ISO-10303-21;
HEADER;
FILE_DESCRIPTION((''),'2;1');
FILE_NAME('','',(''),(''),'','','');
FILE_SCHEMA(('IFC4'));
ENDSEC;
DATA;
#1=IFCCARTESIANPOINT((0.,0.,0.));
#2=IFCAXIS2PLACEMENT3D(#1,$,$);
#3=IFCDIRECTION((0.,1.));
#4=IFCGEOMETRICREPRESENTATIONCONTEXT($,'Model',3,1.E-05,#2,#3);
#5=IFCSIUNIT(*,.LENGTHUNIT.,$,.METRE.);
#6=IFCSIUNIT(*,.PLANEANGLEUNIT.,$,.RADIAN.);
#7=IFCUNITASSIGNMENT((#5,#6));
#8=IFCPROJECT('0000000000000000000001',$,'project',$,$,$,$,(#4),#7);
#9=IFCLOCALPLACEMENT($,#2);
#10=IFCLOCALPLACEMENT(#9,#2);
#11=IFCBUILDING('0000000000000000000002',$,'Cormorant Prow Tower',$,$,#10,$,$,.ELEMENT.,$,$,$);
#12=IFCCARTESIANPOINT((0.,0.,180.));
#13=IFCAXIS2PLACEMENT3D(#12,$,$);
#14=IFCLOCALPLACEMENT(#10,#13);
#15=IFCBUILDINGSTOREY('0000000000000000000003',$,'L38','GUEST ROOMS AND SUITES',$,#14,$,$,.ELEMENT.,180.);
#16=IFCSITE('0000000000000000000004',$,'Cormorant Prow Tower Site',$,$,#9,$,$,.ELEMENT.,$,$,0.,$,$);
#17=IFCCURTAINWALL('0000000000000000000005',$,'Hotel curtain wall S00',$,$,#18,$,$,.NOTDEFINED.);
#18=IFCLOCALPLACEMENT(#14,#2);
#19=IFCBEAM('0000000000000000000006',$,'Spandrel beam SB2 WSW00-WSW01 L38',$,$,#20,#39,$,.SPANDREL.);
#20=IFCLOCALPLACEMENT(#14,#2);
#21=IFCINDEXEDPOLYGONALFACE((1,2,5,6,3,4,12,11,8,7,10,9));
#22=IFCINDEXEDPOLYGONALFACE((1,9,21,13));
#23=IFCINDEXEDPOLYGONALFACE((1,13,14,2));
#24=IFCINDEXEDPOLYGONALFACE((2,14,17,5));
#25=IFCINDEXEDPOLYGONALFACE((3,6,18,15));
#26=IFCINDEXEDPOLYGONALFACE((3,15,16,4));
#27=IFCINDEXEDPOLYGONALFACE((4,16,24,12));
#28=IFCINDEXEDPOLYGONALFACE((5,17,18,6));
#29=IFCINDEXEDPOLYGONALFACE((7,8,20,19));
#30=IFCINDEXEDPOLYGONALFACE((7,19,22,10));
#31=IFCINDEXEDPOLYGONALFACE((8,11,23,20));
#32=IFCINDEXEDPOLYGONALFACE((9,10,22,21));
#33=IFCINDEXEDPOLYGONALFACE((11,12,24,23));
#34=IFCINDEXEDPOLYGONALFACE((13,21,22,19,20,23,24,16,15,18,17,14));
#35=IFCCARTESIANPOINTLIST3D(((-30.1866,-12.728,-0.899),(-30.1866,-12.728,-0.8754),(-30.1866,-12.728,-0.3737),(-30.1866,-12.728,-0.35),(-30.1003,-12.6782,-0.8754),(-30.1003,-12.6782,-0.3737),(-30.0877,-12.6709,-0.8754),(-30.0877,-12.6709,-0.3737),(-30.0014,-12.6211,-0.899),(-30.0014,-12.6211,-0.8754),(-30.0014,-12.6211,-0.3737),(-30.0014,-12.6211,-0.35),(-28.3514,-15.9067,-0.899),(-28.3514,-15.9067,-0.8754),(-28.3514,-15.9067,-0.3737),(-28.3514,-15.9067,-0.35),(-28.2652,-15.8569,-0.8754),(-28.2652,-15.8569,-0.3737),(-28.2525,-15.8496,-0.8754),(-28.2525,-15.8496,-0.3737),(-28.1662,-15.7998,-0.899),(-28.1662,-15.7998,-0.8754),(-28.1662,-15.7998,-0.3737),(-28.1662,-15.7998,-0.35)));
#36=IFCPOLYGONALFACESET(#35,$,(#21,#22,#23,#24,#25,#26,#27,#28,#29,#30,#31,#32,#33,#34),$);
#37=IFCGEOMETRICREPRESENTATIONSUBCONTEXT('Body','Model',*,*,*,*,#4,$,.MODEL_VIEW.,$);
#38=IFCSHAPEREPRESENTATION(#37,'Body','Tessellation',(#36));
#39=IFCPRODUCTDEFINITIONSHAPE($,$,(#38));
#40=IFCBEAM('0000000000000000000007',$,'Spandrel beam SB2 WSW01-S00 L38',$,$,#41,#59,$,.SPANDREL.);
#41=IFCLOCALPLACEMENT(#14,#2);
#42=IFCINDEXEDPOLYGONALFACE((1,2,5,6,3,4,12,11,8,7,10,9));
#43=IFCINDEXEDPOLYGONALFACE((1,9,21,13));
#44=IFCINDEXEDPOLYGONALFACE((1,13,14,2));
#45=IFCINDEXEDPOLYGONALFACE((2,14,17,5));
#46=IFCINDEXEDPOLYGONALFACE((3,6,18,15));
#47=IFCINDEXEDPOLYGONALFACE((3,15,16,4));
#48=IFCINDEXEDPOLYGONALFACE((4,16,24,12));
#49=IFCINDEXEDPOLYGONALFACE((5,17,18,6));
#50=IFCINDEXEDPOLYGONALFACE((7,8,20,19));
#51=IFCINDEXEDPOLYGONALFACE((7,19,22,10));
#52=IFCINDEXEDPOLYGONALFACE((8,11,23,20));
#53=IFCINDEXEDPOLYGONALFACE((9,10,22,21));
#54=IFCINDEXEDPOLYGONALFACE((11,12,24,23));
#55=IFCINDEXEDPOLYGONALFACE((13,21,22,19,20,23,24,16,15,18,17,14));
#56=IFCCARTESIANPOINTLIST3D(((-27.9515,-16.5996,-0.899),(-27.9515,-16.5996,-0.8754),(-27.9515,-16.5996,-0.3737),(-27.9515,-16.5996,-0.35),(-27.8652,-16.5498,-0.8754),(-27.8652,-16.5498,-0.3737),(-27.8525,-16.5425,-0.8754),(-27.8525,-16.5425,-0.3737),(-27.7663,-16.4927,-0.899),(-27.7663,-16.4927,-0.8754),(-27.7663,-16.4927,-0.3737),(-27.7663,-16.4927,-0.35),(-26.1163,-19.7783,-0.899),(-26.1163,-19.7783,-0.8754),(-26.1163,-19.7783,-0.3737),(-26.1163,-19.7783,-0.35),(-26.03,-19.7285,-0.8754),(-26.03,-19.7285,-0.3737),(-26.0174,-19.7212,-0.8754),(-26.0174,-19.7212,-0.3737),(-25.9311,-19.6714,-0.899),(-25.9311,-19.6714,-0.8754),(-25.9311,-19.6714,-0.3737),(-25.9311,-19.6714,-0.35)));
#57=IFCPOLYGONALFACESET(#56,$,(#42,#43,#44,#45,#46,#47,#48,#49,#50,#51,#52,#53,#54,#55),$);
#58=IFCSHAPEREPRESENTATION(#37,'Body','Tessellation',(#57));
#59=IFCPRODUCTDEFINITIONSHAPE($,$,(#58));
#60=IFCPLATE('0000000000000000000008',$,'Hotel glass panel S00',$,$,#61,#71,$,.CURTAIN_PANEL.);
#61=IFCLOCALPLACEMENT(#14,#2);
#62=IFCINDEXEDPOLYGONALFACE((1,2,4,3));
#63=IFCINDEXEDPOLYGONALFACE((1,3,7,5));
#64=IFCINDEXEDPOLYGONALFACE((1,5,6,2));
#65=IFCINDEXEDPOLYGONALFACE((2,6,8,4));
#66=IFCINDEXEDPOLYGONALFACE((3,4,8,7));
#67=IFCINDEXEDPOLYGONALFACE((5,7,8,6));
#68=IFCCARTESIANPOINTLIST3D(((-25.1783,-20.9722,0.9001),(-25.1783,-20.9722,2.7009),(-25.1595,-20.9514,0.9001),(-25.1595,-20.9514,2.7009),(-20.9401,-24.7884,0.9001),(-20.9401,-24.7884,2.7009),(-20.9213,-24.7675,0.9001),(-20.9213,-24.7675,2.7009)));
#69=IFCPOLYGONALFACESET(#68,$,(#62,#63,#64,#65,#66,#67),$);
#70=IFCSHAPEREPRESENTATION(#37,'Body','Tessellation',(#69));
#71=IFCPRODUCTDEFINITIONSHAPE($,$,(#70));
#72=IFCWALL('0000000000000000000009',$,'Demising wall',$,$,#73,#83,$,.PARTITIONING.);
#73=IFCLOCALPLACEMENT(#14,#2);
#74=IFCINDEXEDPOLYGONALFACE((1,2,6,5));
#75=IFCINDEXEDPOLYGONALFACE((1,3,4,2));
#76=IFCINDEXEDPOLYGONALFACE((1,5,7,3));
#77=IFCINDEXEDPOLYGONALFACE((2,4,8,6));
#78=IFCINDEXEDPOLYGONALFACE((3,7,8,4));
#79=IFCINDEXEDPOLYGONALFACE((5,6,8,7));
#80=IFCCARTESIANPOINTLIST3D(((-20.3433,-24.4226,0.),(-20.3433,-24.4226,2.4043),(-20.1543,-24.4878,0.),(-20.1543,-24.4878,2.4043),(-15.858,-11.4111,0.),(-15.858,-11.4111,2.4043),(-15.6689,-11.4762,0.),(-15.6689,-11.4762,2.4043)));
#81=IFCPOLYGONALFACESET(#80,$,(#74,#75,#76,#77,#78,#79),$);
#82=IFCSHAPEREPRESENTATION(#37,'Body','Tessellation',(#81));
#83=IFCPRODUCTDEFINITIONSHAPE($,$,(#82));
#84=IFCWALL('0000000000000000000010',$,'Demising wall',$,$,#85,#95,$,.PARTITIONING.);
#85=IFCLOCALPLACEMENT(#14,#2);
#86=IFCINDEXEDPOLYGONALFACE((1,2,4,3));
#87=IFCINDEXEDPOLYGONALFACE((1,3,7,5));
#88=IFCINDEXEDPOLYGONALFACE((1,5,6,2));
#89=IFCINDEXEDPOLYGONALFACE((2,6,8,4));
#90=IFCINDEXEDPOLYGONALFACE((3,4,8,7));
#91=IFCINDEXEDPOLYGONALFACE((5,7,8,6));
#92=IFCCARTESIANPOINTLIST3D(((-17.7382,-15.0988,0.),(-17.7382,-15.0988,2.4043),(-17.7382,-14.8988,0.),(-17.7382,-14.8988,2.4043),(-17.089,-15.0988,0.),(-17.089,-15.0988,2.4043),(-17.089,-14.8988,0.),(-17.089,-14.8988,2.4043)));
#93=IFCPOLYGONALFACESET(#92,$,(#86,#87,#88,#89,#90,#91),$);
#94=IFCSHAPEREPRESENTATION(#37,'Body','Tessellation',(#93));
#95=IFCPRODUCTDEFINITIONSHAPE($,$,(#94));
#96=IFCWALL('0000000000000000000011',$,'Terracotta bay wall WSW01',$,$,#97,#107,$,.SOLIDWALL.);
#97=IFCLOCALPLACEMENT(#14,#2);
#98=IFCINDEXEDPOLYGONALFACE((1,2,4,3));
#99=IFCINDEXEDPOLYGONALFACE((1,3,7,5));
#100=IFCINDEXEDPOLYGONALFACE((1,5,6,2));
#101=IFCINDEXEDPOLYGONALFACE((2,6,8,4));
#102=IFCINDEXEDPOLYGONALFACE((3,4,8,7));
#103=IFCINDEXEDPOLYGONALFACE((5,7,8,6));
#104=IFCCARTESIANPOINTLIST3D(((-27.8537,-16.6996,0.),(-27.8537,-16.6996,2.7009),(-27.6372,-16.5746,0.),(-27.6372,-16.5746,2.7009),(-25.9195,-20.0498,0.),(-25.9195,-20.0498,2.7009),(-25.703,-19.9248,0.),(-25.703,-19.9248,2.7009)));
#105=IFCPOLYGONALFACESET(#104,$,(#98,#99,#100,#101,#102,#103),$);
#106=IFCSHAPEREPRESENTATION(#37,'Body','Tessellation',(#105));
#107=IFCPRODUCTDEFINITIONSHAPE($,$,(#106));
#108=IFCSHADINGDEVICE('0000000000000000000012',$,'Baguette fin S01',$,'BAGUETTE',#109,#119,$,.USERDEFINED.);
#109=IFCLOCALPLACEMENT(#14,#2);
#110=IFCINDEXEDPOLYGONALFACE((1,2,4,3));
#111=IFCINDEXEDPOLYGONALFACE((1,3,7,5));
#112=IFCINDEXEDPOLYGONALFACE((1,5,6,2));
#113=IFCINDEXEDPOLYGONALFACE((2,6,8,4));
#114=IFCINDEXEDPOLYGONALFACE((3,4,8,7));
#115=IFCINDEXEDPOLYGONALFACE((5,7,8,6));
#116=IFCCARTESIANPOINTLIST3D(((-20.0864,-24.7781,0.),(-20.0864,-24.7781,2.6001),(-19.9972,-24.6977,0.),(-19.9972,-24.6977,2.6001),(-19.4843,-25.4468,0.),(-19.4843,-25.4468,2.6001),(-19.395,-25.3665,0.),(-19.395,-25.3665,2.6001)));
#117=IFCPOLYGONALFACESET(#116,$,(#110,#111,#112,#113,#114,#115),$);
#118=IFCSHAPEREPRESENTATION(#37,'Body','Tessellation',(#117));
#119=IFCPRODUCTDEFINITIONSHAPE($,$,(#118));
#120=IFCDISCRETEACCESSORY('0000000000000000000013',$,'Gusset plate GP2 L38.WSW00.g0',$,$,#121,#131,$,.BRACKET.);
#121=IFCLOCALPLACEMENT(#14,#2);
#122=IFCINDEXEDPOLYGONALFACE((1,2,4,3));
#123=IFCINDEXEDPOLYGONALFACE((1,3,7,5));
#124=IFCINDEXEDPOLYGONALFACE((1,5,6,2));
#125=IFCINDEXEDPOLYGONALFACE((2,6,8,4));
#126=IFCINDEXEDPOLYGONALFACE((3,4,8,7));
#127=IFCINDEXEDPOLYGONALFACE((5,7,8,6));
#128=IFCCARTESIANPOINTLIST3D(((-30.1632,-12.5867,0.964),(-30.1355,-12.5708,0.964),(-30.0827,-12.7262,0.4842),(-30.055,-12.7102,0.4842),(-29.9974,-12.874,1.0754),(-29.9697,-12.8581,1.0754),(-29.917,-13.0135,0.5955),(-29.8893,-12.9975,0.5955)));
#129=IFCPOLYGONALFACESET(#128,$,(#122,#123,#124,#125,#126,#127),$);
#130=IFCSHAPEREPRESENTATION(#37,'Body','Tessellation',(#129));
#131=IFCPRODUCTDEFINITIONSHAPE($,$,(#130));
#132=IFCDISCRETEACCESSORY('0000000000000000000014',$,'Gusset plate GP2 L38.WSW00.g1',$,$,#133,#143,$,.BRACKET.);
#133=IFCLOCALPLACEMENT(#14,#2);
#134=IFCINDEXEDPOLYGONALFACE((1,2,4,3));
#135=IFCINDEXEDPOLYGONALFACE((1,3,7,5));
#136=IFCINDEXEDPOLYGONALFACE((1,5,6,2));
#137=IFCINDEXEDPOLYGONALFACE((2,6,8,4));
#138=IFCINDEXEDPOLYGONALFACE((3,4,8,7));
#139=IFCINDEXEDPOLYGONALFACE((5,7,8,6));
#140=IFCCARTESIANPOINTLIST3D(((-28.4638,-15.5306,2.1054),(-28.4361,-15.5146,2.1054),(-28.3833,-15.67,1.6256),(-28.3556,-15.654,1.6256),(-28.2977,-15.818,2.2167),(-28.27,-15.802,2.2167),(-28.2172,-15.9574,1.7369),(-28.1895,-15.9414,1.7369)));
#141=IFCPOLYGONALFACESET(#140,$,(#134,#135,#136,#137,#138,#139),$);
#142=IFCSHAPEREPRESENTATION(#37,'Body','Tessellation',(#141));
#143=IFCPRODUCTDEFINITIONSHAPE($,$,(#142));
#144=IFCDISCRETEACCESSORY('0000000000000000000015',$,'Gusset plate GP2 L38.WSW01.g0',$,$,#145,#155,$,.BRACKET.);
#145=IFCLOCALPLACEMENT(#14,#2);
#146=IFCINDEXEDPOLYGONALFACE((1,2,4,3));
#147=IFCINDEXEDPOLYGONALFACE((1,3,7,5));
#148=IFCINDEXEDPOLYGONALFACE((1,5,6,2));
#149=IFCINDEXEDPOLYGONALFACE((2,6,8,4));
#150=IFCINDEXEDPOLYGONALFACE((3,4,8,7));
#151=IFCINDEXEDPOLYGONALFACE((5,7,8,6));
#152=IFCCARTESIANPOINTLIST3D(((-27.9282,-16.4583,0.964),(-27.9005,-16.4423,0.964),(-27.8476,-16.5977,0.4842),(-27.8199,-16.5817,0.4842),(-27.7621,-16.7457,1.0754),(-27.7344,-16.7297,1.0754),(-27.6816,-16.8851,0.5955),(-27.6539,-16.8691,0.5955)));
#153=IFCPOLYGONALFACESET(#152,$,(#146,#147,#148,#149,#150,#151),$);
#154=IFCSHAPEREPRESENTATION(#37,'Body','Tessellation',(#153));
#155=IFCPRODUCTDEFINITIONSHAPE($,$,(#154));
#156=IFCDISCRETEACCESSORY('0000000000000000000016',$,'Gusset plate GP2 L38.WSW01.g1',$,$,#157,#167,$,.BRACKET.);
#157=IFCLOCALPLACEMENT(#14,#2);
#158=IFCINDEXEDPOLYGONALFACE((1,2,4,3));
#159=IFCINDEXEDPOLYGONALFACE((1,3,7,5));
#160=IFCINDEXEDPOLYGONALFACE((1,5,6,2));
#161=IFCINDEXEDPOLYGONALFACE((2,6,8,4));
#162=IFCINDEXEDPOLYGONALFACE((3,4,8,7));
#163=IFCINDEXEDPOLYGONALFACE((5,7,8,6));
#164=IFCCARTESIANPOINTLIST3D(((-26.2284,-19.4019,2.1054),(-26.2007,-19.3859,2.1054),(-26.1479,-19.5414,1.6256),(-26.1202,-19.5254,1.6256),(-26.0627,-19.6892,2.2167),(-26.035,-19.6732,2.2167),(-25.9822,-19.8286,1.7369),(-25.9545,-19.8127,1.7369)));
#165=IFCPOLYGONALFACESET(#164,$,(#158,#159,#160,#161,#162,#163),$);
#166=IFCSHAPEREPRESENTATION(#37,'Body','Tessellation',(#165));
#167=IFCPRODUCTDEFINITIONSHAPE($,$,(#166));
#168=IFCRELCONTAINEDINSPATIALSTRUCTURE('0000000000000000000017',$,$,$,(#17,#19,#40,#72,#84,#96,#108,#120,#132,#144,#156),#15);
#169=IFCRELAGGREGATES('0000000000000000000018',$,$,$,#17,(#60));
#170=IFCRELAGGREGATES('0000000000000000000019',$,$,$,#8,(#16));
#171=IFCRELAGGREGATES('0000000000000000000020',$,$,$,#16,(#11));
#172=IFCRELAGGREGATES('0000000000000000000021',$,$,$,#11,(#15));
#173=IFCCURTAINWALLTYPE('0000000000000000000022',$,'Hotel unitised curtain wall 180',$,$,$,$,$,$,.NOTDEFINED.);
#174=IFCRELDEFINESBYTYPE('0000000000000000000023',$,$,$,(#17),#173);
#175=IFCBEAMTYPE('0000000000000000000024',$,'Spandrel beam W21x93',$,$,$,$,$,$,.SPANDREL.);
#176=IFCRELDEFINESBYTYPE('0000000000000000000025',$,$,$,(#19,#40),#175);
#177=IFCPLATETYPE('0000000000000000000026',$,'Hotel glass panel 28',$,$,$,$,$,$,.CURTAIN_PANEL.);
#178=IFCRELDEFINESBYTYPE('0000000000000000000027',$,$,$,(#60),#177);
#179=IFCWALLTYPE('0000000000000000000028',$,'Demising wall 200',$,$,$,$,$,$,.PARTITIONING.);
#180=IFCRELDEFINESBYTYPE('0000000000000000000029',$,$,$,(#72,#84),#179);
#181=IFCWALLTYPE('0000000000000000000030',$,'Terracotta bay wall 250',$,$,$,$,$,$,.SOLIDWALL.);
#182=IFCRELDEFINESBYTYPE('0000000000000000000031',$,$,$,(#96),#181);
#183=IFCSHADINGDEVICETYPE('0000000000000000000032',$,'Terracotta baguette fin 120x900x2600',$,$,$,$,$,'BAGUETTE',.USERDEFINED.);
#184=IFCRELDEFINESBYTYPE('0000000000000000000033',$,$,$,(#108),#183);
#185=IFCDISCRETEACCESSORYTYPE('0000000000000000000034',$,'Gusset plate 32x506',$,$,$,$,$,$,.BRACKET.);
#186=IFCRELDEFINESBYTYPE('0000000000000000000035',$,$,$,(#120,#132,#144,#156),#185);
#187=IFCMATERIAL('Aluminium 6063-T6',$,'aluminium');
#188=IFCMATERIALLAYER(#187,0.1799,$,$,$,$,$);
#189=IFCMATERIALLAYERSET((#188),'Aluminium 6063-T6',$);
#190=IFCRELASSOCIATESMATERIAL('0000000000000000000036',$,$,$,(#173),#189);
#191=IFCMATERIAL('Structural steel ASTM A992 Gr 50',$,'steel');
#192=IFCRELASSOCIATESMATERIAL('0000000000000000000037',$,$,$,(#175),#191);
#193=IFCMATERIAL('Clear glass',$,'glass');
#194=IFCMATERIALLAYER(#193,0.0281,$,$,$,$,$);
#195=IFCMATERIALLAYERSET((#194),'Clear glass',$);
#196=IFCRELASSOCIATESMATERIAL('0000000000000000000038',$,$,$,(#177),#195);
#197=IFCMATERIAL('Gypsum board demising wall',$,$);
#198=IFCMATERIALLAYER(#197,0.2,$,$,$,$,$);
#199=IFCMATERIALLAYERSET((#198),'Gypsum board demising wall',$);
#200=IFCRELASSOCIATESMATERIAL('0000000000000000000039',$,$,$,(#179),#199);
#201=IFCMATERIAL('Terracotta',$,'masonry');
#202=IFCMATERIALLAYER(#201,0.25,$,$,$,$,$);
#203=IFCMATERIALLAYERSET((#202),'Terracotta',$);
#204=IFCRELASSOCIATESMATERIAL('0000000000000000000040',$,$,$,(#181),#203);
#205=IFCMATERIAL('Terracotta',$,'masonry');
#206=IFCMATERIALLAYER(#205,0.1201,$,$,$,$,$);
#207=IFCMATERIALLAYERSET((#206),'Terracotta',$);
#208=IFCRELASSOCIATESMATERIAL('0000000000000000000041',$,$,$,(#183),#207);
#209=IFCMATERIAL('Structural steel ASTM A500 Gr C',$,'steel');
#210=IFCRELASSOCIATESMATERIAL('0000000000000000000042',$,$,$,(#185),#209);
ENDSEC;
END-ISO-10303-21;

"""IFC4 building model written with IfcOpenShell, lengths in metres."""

from ifc_helpers import new_model, si_unit, direction, frame, frame_2d, origin, origin_2d, place, context, subcontext, project, spatial, rectangle, i_section, extrude, material, layer, layer_set, material_profile, profile_set, type_object, element, aggregate, save


model = new_model("IFC4")

# Units and contexts
model_context = context("Model", 3, precision=1e-05, world=origin(), true_north=direction((0.0, 1.0)))
body_context = subcontext(model_context, "Body", "Model", "MODEL_VIEW")
ifc_project = project(units=[si_unit("LENGTHUNIT", "METRE"), si_unit("PLANEANGLEUNIT", "RADIAN")], contexts=[model_context])

# Site, building, storey
site_placement = place(None, origin())
site = spatial("IfcSite", under=ifc_project, at=site_placement, Name="Cormorant Prow Tower Site", CompositionType="ELEMENT", RefElevation=0.0)
building_placement = place(site_placement, origin())
building = spatial("IfcBuilding", under=site, at=building_placement, Name="Cormorant Prow Tower", CompositionType="ELEMENT")
storey_placement = place(building_placement, frame((0.0, 0.0, 180.0)))
storey = spatial("IfcBuildingStorey", under=building, at=storey_placement, Name="L38", Description="GUEST ROOMS AND SUITES", CompositionType="ELEMENT", Elevation=180.0)

# Curtain wall
ifc_material_1 = material(Name="Aluminium 6063-T6", Category="aluminium")
ifc_layer_1 = layer(ifc_material_1, 0.1799)
ifc_layer_set_1 = layer_set([ifc_layer_1], Name="Aluminium 6063-T6")
curtain_wall_type = type_object("IfcCurtainWallType", Name="Hotel unitised curtain wall 180", PredefinedType="NOTDEFINED", material=ifc_layer_set_1)
curtain_wall_placement = place(storey_placement, origin())
curtain_wall = element("IfcCurtainWall", 1, at=curtain_wall_placement, inside=storey, type_object=curtain_wall_type, Name="Hotel curtain wall S00", PredefinedType="NOTDEFINED")

# Beams
ifc_material_2 = material(Name="Structural steel ASTM A992 Gr 50", Category="steel")
ifc_material_profile_1 = material_profile(ifc_material_2, i_section(OverallWidth=0.2139, OverallDepth=0.5491, WebThickness=0.0146, FlangeThickness=0.0237, at=origin_2d()), Name="W21x93")
ifc_profile_set_1 = profile_set([ifc_material_profile_1], Name="Structural steel ASTM A992 Gr 50")
beam_type = type_object("IfcBeamType", Name="Spandrel beam W21x93", PredefinedType="SPANDREL", material=ifc_profile_set_1)
for number, where, z_axis, x_axis, name in (
    (2, (-30.094, -12.6746, -0.6245), (0.499995, -0.866028, 0.0), (0.866028, 0.499995, 0.0), "Spandrel beam SB2 WSW00-WSW01 L38"),
    (3, (-27.8589, -16.5461, -0.6245), (0.499995, -0.866028, 0.0), (0.866028, 0.499995, 0.0), "Spandrel beam SB2 WSW01-S00 L38"),
):
    element("IfcBeam", number, at=place(storey_placement, frame(where, z_axis=z_axis, x_axis=x_axis)), inside=storey, type_object=beam_type, Name=name, PredefinedType="SPANDREL", context=body_context, shape_type="SweptSolid", body=[
        extrude(i_section(OverallWidth=0.2139, OverallDepth=0.5491, WebThickness=0.0146, FlangeThickness=0.0237, at=origin_2d()), origin(), (0.0, 0.0, 1.0), 3.6704),
    ])

# Plate
ifc_material_3 = material(Name="Clear glass", Category="glass")
ifc_layer_2 = layer(ifc_material_3, 0.0281)
ifc_layer_set_2 = layer_set([ifc_layer_2], Name="Clear glass")
plate_type = type_object("IfcPlateType", Name="Hotel glass panel 28", PredefinedType="CURTAIN_PANEL", material=ifc_layer_set_2)
plate_placement = place(storey_placement, frame((-23.0498, -22.8699, 0.9001), z_axis=(0.0, 0.0, 1.0), x_axis=(0.743145, -0.669131, 0.0)))
plate = element("IfcPlate", 4, at=plate_placement, type_object=plate_type, Name="Hotel glass panel S00", PredefinedType="CURTAIN_PANEL", context=body_context, shape_type="SweptSolid", body=[
    extrude(rectangle(XDim=5.7031, YDim=0.0281, at=origin_2d()), origin(), (0.0, 0.0, 1.0), 1.8008),
])
aggregate(curtain_wall, [plate])

# Walls
ifc_material_4 = material(Name="Gypsum board demising wall")
ifc_layer_3 = layer(ifc_material_4, 0.2)
ifc_layer_set_3 = layer_set([ifc_layer_3], Name="Gypsum board demising wall")
wall_type_1 = type_object("IfcWallType", Name="Demising wall 200", PredefinedType="PARTITIONING", material=ifc_layer_set_3)
wall_1_placement = place(storey_placement, frame((-20.2488, -24.4551, 0.0), z_axis=(0.0, 0.0, 1.0), x_axis=(0.325902, 0.945404, 0.0)))
element("IfcWall", 5, at=wall_1_placement, inside=storey, type_object=wall_type_1, Name="Demising wall", PredefinedType="PARTITIONING", context=body_context, shape_type="SweptSolid", body=[
    extrude(rectangle(XDim=13.7629, YDim=0.2, at=frame_2d((6.8813, 0.0))), origin(), (0.0, 0.0, 1.0), 2.4043),
])
wall_2_placement = place(storey_placement, frame((-17.7383, -14.9988, 0.0), z_axis=(0.0, 0.0, 1.0), x_axis=(1.0, 0.0, 0.0)))
element("IfcWall", 6, at=wall_2_placement, inside=storey, type_object=wall_type_1, Name="Demising wall", PredefinedType="PARTITIONING", context=body_context, shape_type="SweptSolid", body=[
    extrude(rectangle(XDim=0.6492, YDim=0.2, at=frame_2d((0.3247, 0.0))), origin(), (0.0, 0.0, 1.0), 2.4043),
])
ifc_material_5 = material(Name="Terracotta", Category="masonry")
ifc_layer_4 = layer(ifc_material_5, 0.25)
ifc_layer_set_4 = layer_set([ifc_layer_4], Name="Terracotta")
wall_type_2 = type_object("IfcWallType", Name="Terracotta bay wall 250", PredefinedType="SOLIDWALL", material=ifc_layer_set_4)
wall_3_placement = place(storey_placement, frame((-27.7454, -16.6372, 0.0), z_axis=(0.0, 0.0, 1.0), x_axis=(0.499981, -0.866036, 0.0)))
element("IfcWall", 7, at=wall_3_placement, inside=storey, type_object=wall_type_2, Name="Terracotta bay wall WSW01", PredefinedType="SOLIDWALL", context=body_context, shape_type="SweptSolid", body=[
    extrude(rectangle(XDim=3.8684, YDim=0.25, at=frame_2d((1.9341, 0.0))), origin(), (0.0, 0.0, 1.0), 2.7009),
])

# Shading device
ifc_material_6 = material(Name="Terracotta", Category="masonry")
ifc_layer_5 = layer(ifc_material_6, 0.1201)
ifc_layer_set_5 = layer_set([ifc_layer_5], Name="Terracotta")
shading_device_type = type_object("IfcShadingDeviceType", Name="Terracotta baguette fin 120x900x2600", ElementType="BAGUETTE", PredefinedType="USERDEFINED", material=ifc_layer_set_5)
shading_device_placement = place(storey_placement, frame((-19.7407, -25.0723, 0.0), z_axis=(0.0, 0.0, 1.0), x_axis=(0.743145, 0.669131, 0.0)))
element("IfcShadingDevice", 8, at=shading_device_placement, inside=storey, type_object=shading_device_type, Name="Baguette fin S01", ObjectType="BAGUETTE", PredefinedType="USERDEFINED", context=body_context, shape_type="SweptSolid", body=[
    extrude(rectangle(XDim=0.1201, YDim=0.8999, at=origin_2d()), origin(), (0.0, 0.0, 1.0), 2.6001),
])

# Discrete accessories
ifc_material_7 = material(Name="Structural steel ASTM A500 Gr C", Category="steel")
ifc_material_profile_2 = material_profile(ifc_material_7, rectangle(XDim=0.032, YDim=0.5061, at=origin_2d()), Name="Gusset plate 32x506")
ifc_profile_set_2 = profile_set([ifc_material_profile_2], Name="Structural steel ASTM A500 Gr C")
discrete_accessory_type = type_object("IfcDiscreteAccessoryType", Name="Gusset plate 32x506", PredefinedType="BRACKET", material=ifc_profile_set_2)
discrete_accessory_1_placement = place(storey_placement, frame((-29.9434, -12.9358, 0.8354), z_axis=(-0.473737, 0.82119, -0.31815), x_axis=(-0.866198, -0.499701, 0.0)))
element("IfcDiscreteAccessory", 9, at=discrete_accessory_1_placement, inside=storey, type_object=discrete_accessory_type, Name="Gusset plate GP2 L38.WSW00.g0", PredefinedType="BRACKET", context=body_context, shape_type="SweptSolid", body=[
    extrude(rectangle(XDim=0.032, YDim=0.5061, at=origin_2d()), origin(), (0.0, 0.0, 1.0), 0.3499),
])
for number, where, z_axis, x_axis, name in (
    (10, (-28.4097, -15.5923, 1.8655), (0.474278, -0.820919, 0.318045), (0.865879, 0.500253, 0.0), "Gusset plate GP2 L38.WSW00.g1"),
    (11, (-27.708, -16.8074, 0.8354), (-0.474278, 0.820919, -0.318045), (-0.865879, -0.500253, 0.0), "Gusset plate GP2 L38.WSW01.g0"),
):
    element("IfcDiscreteAccessory", number, at=place(storey_placement, frame(where, z_axis=z_axis, x_axis=x_axis)), inside=storey, type_object=discrete_accessory_type, Name=name, PredefinedType="BRACKET", context=body_context, shape_type="SweptSolid", body=[
        extrude(rectangle(XDim=0.032, YDim=0.5061, at=origin_2d()), origin(), (0.0, 0.0, 1.0), 0.3501),
    ])
discrete_accessory_2_placement = place(storey_placement, frame((-26.1743, -19.4636, 1.8655), z_axis=(0.473737, -0.82119, 0.31815), x_axis=(0.866198, 0.499701, 0.0)))
element("IfcDiscreteAccessory", 12, at=discrete_accessory_2_placement, inside=storey, type_object=discrete_accessory_type, Name="Gusset plate GP2 L38.WSW01.g1", PredefinedType="BRACKET", context=body_context, shape_type="SweptSolid", body=[
    extrude(rectangle(XDim=0.032, YDim=0.5061, at=origin_2d()), origin(), (0.0, 0.0, 1.0), 0.3499),
])

save(model, "model.ifc")
